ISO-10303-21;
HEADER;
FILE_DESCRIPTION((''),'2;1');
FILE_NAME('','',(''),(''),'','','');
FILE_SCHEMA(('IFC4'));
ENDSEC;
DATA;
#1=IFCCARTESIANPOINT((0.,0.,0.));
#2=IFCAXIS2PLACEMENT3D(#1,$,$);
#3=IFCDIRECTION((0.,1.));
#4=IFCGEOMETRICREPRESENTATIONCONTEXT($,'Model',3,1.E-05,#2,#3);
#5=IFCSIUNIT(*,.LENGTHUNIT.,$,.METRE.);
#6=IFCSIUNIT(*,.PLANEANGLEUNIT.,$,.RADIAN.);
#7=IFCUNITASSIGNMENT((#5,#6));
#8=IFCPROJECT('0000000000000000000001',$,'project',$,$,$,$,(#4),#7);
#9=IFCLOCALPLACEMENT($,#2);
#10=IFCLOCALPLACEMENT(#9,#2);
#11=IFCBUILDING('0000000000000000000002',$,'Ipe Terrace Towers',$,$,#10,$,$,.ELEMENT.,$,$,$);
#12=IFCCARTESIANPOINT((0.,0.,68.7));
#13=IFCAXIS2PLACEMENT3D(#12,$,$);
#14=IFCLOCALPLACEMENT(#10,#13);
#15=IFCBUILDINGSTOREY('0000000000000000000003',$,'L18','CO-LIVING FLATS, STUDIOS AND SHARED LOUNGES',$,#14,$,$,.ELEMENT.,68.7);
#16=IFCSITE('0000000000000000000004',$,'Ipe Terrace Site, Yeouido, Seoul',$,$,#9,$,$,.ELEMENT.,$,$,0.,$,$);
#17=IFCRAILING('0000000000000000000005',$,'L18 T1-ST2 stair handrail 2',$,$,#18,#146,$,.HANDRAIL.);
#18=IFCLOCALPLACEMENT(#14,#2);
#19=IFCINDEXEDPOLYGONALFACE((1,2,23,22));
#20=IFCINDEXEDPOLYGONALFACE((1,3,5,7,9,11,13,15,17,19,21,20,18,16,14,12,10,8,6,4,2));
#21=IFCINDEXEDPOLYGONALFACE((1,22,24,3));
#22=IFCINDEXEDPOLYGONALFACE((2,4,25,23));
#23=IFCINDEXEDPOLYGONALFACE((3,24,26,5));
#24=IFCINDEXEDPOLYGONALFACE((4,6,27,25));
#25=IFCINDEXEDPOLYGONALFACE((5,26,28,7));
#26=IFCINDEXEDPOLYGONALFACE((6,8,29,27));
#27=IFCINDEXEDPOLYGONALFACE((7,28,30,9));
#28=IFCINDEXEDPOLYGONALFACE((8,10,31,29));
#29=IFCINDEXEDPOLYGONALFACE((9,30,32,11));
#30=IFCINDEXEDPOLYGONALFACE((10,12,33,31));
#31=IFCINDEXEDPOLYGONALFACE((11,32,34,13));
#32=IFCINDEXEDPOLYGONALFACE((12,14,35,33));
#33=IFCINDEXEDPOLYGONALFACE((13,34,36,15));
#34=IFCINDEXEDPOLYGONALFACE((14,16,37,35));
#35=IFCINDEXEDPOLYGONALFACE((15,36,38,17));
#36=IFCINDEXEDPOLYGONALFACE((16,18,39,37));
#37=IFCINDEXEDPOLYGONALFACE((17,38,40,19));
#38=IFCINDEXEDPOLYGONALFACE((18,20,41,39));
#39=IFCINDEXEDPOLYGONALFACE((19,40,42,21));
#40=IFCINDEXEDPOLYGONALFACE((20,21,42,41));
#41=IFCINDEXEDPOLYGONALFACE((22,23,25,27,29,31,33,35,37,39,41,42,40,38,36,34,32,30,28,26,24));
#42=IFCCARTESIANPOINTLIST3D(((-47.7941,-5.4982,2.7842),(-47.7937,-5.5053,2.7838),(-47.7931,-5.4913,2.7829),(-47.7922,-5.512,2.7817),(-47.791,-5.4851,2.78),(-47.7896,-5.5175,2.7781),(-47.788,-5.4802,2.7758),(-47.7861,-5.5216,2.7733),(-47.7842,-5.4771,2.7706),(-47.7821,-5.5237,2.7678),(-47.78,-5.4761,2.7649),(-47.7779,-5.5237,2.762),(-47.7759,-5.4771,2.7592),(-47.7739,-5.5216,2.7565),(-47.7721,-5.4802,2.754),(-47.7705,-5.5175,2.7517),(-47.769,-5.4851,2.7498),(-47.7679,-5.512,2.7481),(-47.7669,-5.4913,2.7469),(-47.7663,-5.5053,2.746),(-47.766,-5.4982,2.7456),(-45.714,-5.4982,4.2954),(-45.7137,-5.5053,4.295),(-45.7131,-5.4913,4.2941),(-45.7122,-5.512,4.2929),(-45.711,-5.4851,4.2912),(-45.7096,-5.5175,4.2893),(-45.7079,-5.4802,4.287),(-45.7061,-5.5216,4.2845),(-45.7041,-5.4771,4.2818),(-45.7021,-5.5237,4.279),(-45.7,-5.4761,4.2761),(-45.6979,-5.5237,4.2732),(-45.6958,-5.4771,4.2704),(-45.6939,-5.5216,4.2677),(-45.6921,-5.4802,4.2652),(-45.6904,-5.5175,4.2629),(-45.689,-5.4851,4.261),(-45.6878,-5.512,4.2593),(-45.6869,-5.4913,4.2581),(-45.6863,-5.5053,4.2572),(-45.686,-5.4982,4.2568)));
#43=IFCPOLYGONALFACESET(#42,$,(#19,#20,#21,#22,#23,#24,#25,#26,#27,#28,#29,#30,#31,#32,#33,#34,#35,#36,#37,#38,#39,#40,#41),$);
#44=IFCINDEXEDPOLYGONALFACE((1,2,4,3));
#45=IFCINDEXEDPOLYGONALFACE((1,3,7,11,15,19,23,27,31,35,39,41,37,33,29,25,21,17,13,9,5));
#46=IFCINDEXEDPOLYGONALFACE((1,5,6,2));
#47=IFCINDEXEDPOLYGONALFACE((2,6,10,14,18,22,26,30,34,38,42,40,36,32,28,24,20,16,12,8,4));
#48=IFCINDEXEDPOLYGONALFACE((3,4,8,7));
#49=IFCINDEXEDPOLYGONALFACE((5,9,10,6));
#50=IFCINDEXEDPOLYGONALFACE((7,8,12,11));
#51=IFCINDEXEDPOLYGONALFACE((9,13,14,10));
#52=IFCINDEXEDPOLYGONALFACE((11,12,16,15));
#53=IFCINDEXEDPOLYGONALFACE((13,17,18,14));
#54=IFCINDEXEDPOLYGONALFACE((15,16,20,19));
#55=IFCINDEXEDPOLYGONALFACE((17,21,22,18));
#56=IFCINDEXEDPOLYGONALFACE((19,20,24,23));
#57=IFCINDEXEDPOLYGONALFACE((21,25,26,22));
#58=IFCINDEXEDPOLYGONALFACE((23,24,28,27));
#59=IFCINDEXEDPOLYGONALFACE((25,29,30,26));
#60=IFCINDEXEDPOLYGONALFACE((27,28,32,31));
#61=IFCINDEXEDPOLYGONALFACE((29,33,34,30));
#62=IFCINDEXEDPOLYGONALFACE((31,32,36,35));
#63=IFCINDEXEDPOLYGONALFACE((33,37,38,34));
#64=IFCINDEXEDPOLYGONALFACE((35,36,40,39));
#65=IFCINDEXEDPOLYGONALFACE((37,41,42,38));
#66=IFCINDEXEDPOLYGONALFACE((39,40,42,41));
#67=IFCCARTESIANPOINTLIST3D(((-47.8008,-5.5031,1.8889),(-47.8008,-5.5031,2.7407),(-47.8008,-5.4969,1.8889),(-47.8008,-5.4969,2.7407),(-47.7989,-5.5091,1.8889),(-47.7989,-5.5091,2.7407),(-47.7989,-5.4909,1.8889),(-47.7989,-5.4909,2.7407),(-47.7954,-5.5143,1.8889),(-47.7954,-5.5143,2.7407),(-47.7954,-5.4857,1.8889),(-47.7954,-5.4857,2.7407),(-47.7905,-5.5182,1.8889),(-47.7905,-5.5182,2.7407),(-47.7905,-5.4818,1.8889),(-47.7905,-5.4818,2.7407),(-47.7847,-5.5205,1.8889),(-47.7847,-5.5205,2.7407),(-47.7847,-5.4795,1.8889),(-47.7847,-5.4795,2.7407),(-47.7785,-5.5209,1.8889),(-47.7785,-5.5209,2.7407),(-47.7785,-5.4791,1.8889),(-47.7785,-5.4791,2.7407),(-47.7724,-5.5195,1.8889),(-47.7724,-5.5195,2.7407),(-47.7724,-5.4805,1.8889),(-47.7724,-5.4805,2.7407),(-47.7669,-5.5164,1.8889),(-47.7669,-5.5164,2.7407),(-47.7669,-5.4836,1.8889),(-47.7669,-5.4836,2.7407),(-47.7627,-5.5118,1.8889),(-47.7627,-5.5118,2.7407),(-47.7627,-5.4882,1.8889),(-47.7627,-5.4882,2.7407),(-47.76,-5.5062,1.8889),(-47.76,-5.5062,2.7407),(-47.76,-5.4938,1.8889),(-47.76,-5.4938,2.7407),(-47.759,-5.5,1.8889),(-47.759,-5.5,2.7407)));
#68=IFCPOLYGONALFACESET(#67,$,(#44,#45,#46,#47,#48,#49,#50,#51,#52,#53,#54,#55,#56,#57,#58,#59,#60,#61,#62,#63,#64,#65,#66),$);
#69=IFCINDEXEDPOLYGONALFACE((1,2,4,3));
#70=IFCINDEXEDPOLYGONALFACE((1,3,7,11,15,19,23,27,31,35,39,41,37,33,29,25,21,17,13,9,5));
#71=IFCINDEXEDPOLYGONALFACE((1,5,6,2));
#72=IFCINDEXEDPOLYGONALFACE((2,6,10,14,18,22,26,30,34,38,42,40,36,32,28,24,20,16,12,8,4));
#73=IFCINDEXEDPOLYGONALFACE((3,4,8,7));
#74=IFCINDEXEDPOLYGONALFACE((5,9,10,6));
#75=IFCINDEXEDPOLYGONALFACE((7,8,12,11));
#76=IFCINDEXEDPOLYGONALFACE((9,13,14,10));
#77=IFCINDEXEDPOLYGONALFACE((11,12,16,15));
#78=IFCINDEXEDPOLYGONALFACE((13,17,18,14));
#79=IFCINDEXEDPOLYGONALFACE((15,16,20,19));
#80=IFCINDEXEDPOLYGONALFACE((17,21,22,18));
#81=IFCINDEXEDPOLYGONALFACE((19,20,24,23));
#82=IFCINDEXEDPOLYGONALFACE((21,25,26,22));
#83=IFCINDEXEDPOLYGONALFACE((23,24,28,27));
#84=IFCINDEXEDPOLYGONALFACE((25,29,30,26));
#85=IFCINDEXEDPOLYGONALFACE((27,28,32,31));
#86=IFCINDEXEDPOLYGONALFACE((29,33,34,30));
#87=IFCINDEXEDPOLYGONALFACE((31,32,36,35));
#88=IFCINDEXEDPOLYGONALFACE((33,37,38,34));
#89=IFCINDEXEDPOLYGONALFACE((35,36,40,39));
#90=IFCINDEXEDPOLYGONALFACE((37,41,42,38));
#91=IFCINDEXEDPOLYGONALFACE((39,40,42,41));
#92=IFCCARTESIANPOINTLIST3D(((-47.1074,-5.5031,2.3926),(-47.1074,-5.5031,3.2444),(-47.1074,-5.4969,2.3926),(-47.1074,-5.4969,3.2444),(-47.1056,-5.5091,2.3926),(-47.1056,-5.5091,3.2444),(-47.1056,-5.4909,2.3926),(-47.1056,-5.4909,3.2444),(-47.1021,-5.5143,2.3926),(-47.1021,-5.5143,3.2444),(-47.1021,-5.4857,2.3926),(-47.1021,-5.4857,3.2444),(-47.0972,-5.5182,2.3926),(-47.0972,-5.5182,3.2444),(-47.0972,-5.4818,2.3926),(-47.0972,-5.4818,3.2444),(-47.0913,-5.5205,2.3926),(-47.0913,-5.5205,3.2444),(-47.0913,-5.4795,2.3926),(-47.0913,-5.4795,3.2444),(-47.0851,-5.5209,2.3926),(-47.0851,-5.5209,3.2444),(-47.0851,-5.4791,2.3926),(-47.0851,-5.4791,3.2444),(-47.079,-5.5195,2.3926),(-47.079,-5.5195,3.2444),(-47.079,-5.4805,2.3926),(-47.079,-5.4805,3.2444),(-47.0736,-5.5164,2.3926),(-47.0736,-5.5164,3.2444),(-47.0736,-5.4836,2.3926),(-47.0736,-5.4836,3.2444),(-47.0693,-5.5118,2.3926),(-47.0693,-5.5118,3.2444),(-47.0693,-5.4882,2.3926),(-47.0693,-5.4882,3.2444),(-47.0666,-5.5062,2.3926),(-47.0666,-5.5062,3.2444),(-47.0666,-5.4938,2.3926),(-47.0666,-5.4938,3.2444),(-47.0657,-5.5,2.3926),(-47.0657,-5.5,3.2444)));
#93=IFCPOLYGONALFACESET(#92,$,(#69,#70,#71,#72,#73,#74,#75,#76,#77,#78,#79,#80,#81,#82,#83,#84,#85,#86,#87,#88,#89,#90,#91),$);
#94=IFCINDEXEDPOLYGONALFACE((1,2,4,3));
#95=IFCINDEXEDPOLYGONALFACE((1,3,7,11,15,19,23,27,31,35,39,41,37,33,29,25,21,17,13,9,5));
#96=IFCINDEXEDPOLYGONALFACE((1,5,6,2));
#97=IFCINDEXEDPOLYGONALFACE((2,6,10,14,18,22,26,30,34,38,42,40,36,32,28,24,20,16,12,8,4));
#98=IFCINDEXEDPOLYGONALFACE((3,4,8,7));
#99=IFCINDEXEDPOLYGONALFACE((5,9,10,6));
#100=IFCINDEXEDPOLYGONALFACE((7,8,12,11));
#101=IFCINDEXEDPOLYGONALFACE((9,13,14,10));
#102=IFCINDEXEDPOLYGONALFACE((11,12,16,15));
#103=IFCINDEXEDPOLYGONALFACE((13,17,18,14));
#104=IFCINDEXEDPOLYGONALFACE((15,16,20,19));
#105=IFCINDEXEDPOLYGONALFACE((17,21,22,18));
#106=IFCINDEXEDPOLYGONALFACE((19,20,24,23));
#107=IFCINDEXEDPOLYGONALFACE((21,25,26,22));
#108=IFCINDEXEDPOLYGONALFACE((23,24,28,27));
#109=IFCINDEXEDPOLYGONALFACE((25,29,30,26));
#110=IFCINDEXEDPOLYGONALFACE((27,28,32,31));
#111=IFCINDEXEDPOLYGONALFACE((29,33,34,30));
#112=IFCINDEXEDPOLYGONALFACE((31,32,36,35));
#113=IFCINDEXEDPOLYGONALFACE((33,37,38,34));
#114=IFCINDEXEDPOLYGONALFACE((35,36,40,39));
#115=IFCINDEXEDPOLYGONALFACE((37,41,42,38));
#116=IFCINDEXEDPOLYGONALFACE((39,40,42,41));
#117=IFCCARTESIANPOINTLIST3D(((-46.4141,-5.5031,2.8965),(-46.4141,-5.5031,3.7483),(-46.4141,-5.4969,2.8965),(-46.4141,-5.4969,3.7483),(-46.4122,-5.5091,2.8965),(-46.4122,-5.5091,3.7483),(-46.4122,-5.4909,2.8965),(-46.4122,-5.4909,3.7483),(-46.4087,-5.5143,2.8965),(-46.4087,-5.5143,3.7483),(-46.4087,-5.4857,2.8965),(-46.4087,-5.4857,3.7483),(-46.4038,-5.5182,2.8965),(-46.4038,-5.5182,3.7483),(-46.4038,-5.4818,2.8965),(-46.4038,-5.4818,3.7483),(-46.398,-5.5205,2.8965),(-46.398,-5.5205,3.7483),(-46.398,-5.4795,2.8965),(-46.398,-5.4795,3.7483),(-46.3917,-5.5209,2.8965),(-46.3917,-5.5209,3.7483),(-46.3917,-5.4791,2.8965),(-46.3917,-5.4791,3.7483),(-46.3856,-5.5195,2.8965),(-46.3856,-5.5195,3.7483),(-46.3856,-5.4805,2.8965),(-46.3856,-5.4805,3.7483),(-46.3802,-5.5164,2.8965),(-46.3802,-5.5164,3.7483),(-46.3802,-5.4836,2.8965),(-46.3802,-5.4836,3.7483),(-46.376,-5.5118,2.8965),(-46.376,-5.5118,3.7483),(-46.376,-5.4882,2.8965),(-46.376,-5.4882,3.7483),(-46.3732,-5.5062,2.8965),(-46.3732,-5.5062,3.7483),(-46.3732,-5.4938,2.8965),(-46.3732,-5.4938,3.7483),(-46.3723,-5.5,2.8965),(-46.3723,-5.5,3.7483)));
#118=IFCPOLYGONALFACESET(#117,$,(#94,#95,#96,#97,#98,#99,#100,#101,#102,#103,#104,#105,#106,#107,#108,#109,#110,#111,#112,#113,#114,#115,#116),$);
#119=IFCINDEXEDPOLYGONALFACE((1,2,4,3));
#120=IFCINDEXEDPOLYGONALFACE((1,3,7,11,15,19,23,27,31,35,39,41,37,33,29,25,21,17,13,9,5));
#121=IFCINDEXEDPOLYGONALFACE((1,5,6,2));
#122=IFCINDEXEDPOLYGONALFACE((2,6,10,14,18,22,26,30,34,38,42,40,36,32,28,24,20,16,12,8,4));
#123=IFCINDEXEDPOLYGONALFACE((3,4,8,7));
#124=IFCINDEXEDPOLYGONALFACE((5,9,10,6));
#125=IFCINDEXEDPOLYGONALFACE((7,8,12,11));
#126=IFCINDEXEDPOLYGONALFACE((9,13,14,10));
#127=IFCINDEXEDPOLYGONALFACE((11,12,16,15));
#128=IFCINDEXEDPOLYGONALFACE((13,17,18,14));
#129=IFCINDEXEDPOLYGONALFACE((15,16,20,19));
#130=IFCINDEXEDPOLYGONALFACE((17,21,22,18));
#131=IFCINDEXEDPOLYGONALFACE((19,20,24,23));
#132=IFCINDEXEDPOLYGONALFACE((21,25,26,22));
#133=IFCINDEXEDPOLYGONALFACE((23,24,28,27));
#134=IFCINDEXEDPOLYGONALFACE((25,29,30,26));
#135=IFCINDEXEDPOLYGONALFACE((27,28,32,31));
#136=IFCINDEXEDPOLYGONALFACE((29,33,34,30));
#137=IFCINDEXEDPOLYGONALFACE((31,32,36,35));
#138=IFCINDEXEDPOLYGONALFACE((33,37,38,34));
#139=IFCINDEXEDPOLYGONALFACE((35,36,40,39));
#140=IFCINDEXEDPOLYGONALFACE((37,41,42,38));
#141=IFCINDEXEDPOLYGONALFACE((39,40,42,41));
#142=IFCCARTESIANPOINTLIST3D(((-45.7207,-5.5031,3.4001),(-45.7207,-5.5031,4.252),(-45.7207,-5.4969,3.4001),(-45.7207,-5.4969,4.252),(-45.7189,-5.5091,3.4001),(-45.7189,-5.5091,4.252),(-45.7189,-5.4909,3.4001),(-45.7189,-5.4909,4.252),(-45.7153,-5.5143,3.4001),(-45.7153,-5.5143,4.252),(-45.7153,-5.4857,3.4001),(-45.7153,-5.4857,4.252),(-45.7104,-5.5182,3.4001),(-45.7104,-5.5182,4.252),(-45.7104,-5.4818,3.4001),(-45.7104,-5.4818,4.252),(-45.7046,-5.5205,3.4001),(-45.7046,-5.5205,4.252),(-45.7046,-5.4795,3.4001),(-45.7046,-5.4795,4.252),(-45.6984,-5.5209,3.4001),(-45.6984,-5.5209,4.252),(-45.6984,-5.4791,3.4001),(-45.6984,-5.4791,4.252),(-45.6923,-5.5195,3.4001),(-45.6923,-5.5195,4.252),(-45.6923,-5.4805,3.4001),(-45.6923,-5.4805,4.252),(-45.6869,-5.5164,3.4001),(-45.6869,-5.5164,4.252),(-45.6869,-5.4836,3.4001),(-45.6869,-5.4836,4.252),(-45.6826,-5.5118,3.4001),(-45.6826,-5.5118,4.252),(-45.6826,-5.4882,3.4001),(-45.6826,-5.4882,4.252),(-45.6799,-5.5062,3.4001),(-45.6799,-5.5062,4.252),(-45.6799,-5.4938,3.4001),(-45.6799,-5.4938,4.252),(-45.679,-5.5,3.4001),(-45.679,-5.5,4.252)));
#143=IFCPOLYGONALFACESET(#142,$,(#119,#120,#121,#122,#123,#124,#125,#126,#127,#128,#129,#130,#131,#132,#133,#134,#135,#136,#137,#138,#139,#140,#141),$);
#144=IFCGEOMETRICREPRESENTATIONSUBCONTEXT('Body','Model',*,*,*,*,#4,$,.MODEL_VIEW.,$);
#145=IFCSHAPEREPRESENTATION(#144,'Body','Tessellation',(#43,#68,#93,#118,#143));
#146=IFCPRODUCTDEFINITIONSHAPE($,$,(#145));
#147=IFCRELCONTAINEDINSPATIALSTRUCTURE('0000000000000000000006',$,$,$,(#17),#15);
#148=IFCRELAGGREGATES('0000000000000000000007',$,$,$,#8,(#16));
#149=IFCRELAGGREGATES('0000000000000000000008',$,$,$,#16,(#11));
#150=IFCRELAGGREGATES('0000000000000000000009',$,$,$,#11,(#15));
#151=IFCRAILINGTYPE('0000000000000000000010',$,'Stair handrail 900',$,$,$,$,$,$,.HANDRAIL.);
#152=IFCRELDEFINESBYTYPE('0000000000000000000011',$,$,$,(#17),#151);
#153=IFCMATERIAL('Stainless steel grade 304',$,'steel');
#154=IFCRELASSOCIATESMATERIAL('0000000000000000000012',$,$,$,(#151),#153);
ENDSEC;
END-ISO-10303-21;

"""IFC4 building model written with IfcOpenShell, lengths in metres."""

from ifc_helpers import new_model, si_unit, direction, frame, origin, origin_2d, place, context, subcontext, project, spatial, circle, extrude, material, type_object, element, save


model = new_model("IFC4")

# Units and contexts
model_context = context("Model", 3, precision=1e-05, world=origin(), true_north=direction((0.0, 1.0)))
body_context = subcontext(model_context, "Body", "Model", "MODEL_VIEW")
ifc_project = project(units=[si_unit("LENGTHUNIT", "METRE"), si_unit("PLANEANGLEUNIT", "RADIAN")], contexts=[model_context])

# Site, building, storey
site_placement = place(None, origin())
site = spatial("IfcSite", under=ifc_project, at=site_placement, Name="Ipe Terrace Site, Yeouido, Seoul", CompositionType="ELEMENT", RefElevation=0.0)
building_placement = place(site_placement, origin())
building = spatial("IfcBuilding", under=site, at=building_placement, Name="Ipe Terrace Towers", CompositionType="ELEMENT")
storey_placement = place(building_placement, frame((0.0, 0.0, 68.7)))
storey = spatial("IfcBuildingStorey", under=building, at=storey_placement, Name="L18", Description="CO-LIVING FLATS, STUDIOS AND SHARED LOUNGES", CompositionType="ELEMENT", Elevation=68.7)

# Railing
ifc_material_1 = material(Name="Stainless steel grade 304", Category="steel")
railing_type_1 = type_object("IfcRailingType", Name="Stair handrail 900", PredefinedType="HANDRAIL", material=ifc_material_1)
railing_1_placement = place(storey_placement, frame((-47.78, -5.5, 1.8889)))
element("IfcRailing", 1, at=railing_1_placement, inside=storey, type_object=railing_type_1, Name="L18 T1-ST2 stair handrail 2", PredefinedType="HANDRAIL", context=body_context, shape_type="SweptSolid", body=[
    extrude(circle(Radius=0.0239, at=origin_2d()), frame((0.0, 0.0, 0.876), z_axis=(0.809023, 0.0, 0.587776), x_axis=(0.0, 1.0, 0.0)), (0.0, 0.0, 1.0), 2.571),
    extrude(circle(Radius=0.021, at=origin_2d()), origin(), (0.0, 0.0, 1.0), 0.8518),
    extrude(circle(Radius=0.021, at=origin_2d()), frame((0.6934, 0.0, 0.5037)), (0.0, 0.0, 1.0), 0.8518),
    extrude(circle(Radius=0.021, at=origin_2d()), frame((1.3867, 0.0, 1.0076)), (0.0, 0.0, 1.0), 0.8518),
    extrude(circle(Radius=0.021, at=origin_2d()), frame((2.0801, 0.0, 1.5112)), (0.0, 0.0, 1.0), 0.8518),
])

save(model, "model.ifc")
